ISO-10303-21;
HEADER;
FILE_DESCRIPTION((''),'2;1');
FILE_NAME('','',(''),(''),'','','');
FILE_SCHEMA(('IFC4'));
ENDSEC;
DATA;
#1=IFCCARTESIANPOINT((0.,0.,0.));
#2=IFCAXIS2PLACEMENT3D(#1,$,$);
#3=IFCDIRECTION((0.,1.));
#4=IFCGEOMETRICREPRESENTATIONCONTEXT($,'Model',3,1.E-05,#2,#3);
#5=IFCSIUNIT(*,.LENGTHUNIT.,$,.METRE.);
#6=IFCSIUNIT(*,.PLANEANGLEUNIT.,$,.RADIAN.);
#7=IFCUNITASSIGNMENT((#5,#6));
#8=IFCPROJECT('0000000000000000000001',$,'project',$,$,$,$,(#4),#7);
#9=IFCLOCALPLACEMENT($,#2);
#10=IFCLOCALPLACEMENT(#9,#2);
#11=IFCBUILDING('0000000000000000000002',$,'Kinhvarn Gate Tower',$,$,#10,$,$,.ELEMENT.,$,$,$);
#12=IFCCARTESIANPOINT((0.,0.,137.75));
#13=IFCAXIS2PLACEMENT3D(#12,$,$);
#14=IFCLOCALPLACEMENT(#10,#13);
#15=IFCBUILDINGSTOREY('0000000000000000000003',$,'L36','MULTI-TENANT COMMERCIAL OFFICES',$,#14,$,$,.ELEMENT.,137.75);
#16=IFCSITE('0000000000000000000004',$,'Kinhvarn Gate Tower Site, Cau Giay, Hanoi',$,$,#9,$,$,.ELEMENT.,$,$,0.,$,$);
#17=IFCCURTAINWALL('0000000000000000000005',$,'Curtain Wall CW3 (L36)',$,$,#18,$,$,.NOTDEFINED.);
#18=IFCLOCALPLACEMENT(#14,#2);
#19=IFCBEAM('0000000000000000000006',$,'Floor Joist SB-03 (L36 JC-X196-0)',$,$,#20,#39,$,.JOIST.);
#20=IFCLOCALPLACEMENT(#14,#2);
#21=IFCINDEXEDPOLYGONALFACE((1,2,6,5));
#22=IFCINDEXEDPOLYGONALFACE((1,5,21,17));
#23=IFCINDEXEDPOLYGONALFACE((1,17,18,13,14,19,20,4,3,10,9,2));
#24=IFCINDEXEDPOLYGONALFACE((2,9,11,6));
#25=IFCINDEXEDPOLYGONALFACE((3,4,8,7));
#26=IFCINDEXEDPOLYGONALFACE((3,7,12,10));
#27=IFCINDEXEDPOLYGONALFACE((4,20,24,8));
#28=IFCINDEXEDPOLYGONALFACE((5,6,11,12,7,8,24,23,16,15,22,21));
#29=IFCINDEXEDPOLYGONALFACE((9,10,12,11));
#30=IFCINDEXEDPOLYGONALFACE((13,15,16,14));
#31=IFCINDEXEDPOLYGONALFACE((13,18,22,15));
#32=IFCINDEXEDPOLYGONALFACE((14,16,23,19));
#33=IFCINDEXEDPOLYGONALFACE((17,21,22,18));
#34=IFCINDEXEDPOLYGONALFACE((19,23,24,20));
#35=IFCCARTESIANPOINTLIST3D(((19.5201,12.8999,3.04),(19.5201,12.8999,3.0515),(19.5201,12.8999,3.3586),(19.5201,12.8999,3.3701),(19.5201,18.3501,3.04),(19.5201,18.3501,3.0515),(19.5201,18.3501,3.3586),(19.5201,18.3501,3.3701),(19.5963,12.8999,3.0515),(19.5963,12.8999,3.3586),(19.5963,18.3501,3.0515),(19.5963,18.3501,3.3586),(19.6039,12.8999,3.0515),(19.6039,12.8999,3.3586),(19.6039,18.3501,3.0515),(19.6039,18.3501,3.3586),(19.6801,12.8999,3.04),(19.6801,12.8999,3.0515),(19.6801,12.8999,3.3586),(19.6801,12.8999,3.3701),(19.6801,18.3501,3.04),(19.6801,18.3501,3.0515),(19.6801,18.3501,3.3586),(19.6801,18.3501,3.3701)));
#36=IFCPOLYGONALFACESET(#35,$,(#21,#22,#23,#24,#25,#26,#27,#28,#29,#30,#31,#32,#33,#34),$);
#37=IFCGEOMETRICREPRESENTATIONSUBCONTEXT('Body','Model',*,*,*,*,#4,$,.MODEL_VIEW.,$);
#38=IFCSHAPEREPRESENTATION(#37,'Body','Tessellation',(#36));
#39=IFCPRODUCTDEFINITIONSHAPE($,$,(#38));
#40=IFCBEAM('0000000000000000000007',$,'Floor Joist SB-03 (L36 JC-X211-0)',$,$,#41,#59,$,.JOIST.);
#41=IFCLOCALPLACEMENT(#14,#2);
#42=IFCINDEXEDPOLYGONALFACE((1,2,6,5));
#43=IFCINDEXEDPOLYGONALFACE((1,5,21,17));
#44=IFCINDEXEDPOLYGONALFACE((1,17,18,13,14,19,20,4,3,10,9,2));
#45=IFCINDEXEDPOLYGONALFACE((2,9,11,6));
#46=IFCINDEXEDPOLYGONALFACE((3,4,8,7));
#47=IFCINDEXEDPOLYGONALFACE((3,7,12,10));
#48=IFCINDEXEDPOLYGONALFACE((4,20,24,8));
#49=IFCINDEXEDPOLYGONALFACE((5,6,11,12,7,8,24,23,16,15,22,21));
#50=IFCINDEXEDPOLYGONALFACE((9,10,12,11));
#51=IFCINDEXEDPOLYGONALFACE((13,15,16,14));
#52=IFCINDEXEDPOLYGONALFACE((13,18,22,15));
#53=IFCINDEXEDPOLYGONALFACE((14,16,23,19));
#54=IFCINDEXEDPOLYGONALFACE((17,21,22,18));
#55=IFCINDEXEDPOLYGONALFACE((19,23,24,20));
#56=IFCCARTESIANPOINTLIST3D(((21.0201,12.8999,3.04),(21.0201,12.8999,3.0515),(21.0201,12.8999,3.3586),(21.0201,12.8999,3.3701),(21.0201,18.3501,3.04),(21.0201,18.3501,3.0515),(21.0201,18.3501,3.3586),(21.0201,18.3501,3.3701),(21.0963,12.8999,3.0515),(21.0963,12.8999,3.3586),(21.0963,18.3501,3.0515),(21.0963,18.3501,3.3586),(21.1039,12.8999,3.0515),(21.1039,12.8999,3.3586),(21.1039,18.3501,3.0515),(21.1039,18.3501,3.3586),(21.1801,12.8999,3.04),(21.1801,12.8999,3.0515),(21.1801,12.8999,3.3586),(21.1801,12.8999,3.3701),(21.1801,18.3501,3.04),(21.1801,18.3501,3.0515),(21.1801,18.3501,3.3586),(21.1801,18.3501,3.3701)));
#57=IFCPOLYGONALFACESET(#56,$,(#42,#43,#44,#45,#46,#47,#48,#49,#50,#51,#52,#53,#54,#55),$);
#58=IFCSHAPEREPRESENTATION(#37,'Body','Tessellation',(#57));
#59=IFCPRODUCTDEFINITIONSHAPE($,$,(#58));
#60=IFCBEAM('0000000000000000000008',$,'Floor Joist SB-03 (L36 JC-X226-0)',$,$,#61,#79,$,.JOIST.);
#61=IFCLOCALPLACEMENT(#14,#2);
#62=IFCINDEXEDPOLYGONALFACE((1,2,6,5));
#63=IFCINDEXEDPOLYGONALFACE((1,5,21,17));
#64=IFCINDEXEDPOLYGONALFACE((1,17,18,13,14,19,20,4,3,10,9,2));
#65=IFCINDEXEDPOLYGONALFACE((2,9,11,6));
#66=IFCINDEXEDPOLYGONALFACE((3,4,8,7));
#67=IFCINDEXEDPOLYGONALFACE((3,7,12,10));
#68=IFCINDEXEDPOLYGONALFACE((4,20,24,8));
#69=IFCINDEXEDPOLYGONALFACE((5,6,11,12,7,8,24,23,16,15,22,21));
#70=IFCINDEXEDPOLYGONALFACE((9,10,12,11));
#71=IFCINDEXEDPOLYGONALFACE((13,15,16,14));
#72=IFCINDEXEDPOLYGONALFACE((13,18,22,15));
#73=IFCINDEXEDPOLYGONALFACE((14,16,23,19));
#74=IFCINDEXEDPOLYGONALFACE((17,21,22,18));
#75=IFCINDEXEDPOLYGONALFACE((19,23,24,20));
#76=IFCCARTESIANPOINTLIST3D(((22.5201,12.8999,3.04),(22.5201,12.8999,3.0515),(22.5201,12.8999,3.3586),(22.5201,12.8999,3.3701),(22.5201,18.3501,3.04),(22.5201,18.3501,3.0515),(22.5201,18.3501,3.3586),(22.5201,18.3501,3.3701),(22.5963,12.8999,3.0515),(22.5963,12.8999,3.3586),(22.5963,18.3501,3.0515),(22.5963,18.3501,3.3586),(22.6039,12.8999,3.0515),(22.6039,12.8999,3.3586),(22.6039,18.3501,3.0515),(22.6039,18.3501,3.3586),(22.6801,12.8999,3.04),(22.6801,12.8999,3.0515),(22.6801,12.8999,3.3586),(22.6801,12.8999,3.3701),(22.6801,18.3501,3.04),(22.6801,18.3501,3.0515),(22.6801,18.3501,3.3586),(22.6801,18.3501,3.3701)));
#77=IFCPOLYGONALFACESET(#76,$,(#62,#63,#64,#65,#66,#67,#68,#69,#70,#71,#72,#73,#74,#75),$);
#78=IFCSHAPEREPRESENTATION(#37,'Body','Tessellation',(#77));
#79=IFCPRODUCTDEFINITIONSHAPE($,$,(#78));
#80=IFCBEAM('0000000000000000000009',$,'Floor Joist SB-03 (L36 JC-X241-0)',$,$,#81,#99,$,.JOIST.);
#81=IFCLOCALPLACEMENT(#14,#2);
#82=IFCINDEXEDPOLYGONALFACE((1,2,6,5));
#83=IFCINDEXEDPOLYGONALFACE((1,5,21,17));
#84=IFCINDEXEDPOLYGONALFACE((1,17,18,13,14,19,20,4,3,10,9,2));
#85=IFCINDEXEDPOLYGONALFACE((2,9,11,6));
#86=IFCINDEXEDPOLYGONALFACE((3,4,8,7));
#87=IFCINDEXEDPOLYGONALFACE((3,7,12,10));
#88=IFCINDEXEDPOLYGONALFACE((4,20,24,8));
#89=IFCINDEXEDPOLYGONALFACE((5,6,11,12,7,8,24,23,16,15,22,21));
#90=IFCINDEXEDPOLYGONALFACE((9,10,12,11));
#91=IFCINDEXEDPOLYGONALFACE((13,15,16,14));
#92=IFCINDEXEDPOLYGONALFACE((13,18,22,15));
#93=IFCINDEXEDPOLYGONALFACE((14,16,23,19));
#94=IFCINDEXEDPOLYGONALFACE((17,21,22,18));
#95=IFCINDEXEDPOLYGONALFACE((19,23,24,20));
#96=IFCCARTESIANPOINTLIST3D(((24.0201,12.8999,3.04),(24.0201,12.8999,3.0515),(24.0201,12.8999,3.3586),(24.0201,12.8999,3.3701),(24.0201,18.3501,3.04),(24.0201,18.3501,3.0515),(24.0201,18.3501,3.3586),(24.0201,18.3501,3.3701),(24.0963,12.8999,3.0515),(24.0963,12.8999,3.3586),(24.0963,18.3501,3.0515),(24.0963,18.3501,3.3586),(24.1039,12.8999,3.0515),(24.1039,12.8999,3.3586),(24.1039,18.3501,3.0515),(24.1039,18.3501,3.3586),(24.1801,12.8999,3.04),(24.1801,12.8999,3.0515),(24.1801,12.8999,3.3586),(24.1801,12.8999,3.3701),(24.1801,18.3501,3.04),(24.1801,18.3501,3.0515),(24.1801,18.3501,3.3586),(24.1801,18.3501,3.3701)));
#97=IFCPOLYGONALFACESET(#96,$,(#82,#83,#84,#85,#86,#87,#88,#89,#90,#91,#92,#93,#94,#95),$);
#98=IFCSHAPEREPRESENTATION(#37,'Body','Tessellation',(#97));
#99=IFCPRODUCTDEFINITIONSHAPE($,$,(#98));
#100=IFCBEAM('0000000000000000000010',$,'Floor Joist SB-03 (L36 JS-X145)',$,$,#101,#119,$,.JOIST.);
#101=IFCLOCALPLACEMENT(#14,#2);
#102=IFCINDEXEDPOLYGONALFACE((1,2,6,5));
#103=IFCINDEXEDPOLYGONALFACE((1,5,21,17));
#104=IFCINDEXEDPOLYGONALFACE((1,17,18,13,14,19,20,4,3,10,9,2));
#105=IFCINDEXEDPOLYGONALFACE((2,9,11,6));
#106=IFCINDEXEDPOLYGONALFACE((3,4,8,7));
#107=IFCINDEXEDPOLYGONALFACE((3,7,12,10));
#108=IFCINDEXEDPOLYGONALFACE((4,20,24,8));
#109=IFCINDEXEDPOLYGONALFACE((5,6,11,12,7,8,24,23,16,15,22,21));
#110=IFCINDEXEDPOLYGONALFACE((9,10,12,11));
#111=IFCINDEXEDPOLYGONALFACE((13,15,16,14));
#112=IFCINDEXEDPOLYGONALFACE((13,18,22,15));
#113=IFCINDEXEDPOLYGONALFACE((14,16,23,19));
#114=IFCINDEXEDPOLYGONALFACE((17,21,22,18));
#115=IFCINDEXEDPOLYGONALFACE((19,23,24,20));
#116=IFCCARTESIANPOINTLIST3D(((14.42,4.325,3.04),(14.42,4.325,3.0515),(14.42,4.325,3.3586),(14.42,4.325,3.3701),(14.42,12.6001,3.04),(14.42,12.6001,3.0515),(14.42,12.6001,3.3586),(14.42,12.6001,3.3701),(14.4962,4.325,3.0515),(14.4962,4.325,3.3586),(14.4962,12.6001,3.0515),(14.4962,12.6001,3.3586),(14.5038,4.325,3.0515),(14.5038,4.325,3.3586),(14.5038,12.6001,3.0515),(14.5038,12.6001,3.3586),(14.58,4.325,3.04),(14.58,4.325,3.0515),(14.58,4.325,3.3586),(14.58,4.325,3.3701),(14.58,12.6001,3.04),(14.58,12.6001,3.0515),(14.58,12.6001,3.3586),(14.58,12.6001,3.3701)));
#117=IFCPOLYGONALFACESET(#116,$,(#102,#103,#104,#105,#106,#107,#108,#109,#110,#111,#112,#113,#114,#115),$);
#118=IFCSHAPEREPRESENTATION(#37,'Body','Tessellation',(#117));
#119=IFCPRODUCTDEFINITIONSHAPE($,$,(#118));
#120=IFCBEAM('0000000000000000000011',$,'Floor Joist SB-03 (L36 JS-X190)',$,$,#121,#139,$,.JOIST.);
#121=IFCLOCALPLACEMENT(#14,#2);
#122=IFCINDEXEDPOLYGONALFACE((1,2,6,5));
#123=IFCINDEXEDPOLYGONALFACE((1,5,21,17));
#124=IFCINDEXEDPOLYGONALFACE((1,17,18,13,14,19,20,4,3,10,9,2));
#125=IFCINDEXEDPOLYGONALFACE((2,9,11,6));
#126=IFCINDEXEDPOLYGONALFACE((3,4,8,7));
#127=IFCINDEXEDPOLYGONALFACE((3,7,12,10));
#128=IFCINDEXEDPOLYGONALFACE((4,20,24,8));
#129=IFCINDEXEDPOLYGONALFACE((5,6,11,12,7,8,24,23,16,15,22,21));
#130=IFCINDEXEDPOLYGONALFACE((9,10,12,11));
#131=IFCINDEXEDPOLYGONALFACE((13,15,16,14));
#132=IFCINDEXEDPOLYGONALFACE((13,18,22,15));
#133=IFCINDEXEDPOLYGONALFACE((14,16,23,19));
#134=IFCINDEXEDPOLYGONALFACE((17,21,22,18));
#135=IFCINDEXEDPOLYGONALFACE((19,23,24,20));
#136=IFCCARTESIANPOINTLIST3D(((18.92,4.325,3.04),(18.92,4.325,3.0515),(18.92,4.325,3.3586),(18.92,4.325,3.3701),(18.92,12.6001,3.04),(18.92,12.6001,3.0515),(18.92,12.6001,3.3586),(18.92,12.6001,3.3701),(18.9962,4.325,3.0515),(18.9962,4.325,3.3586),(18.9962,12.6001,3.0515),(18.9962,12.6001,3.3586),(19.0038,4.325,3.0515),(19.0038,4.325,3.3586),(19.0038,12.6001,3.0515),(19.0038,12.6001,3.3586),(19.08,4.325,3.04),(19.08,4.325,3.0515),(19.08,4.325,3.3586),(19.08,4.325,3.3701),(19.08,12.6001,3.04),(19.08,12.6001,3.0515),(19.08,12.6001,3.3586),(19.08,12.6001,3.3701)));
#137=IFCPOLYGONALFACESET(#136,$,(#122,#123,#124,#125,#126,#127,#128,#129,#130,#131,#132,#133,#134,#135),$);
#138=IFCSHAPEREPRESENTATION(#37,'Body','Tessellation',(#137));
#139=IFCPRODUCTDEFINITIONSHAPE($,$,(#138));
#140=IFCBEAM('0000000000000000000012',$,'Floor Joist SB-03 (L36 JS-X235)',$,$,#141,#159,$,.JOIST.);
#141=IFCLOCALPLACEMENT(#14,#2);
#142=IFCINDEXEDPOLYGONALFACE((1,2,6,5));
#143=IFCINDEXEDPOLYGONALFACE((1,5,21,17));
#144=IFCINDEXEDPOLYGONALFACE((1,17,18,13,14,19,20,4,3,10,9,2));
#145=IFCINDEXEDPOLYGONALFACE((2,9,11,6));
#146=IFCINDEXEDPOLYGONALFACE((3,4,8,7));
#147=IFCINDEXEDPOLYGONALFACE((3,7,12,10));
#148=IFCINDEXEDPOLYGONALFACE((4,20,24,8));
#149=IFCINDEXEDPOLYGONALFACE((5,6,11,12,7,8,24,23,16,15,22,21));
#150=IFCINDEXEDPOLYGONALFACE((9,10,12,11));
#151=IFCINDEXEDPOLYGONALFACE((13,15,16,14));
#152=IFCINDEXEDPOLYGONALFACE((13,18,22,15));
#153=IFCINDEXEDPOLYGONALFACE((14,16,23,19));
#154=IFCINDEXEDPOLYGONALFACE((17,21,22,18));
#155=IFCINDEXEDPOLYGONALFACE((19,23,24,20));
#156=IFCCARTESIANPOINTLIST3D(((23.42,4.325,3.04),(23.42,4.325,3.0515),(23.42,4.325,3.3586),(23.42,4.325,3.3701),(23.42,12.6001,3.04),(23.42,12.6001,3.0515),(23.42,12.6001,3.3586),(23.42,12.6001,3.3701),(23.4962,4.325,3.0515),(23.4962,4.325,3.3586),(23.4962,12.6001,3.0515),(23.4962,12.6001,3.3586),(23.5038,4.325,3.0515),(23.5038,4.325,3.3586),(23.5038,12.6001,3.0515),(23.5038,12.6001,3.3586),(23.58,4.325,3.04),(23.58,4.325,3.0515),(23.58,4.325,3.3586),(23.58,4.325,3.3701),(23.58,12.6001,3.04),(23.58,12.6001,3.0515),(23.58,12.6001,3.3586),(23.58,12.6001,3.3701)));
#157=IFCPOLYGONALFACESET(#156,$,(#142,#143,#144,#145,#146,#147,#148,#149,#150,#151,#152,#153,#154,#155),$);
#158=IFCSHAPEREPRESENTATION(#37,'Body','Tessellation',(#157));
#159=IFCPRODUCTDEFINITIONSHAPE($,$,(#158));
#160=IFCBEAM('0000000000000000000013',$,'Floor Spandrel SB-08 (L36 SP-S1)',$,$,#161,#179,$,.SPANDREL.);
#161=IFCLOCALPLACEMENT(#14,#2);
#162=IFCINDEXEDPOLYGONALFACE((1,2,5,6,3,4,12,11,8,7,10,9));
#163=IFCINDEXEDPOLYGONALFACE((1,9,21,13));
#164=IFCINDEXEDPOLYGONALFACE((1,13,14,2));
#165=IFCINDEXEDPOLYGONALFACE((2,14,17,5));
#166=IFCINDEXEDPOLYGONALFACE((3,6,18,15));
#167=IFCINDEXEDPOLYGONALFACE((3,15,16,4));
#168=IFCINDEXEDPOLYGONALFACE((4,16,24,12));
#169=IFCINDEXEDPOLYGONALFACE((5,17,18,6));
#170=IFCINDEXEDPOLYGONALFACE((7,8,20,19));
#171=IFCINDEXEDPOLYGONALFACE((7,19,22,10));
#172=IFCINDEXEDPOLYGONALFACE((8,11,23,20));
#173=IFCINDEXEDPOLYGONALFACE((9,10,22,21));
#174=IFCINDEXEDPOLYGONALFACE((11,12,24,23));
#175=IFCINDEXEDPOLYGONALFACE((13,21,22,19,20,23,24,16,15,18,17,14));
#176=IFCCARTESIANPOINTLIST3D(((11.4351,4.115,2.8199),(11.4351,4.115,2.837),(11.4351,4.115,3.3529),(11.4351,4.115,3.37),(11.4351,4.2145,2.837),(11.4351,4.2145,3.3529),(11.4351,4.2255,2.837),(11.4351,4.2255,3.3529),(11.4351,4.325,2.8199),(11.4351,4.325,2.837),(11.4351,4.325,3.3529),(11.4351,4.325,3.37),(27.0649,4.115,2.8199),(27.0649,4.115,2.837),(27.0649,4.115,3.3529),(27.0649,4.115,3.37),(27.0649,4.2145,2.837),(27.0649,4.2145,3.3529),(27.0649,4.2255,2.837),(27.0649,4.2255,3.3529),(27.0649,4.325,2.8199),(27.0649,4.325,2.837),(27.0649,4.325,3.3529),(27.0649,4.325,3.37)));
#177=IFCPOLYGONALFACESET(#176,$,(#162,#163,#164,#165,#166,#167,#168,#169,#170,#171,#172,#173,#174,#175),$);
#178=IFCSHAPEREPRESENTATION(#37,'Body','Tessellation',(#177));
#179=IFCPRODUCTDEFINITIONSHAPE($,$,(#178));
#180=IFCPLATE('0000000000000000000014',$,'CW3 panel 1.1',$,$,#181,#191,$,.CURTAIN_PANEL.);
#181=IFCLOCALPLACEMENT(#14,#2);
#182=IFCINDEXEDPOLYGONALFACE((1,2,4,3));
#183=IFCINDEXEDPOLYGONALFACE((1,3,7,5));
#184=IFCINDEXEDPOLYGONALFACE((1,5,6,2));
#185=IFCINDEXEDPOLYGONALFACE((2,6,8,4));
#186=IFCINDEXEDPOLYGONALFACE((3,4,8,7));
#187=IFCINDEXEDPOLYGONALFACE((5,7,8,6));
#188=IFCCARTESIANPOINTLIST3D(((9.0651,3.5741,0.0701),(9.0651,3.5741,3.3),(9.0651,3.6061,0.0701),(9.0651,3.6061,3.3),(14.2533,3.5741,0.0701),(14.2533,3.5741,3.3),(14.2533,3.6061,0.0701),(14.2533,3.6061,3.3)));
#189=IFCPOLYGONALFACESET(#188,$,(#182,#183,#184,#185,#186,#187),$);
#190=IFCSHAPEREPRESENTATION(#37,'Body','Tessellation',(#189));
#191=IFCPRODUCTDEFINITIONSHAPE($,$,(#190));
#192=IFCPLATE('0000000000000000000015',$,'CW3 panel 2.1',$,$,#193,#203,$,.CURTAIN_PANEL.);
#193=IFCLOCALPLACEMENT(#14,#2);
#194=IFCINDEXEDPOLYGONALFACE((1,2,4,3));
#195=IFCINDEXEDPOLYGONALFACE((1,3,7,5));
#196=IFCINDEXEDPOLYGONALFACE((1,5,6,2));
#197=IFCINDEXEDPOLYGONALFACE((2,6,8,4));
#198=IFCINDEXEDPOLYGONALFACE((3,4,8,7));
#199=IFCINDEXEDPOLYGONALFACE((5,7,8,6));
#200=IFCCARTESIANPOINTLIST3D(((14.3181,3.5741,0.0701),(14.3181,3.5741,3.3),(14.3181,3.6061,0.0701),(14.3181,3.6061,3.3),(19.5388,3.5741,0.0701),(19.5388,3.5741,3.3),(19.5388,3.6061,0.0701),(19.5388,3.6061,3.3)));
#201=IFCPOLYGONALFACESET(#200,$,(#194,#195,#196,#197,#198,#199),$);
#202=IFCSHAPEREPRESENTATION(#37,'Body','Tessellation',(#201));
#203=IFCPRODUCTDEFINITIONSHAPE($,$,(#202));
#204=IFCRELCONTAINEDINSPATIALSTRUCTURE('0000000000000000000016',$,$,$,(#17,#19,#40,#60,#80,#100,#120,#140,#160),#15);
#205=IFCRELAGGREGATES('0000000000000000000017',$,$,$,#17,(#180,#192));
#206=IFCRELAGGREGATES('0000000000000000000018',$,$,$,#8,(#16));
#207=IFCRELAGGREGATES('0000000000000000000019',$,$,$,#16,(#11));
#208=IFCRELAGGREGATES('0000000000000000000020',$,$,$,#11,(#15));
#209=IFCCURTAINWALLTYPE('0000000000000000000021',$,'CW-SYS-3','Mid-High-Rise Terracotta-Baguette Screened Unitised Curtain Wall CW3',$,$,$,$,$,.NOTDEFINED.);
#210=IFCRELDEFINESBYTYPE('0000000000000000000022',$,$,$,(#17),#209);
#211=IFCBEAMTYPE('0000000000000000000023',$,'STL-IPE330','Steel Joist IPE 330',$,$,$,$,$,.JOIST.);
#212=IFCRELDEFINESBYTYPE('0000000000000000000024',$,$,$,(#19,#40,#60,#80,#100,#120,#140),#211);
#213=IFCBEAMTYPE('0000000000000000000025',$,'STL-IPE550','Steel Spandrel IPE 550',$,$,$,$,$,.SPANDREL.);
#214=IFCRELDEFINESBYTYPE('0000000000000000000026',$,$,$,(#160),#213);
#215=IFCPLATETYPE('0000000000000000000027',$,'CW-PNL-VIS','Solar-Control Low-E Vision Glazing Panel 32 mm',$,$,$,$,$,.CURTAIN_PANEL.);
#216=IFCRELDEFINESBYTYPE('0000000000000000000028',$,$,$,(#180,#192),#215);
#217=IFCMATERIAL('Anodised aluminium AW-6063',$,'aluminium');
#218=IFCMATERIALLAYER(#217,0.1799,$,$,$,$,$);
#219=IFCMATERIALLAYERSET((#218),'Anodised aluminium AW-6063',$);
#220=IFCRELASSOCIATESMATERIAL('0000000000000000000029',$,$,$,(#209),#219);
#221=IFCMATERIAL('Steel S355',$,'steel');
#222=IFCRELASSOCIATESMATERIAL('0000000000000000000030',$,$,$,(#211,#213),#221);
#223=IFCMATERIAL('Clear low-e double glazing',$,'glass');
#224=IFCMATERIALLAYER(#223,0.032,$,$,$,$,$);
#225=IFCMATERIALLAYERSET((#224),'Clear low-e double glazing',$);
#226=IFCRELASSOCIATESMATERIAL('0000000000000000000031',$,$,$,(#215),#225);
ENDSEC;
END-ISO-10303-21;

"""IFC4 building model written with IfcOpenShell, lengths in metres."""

from ifc_helpers import new_model, si_unit, direction, frame, origin, origin_2d, place, context, subcontext, project, spatial, rectangle, i_section, extrude, material, layer, layer_set, material_profile, profile_set, type_object, element, aggregate, save


model = new_model("IFC4")

# Units and contexts
model_context = context("Model", 3, precision=1e-05, world=origin(), true_north=direction((0.0, 1.0)))
body_context = subcontext(model_context, "Body", "Model", "MODEL_VIEW")
ifc_project = project(units=[si_unit("LENGTHUNIT", "METRE"), si_unit("PLANEANGLEUNIT", "RADIAN")], contexts=[model_context])

# Site, building, storey
site_placement = place(None, origin())
site = spatial("IfcSite", under=ifc_project, at=site_placement, Name="Kinhvarn Gate Tower Site, Cau Giay, Hanoi", CompositionType="ELEMENT", RefElevation=0.0)
building_placement = place(site_placement, origin())
building = spatial("IfcBuilding", under=site, at=building_placement, Name="Kinhvarn Gate Tower", CompositionType="ELEMENT")
storey_placement = place(building_placement, frame((0.0, 0.0, 137.75)))
storey = spatial("IfcBuildingStorey", under=building, at=storey_placement, Name="L36", Description="MULTI-TENANT COMMERCIAL OFFICES", CompositionType="ELEMENT", Elevation=137.75)

# Curtain wall
ifc_material_1 = material(Name="Anodised aluminium AW-6063", Category="aluminium")
ifc_layer_1 = layer(ifc_material_1, 0.1799)
ifc_layer_set_1 = layer_set([ifc_layer_1], Name="Anodised aluminium AW-6063")
curtain_wall_type = type_object("IfcCurtainWallType", Name="CW-SYS-3", Description="Mid-High-Rise Terracotta-Baguette Screened Unitised Curtain Wall CW3", PredefinedType="NOTDEFINED", material=ifc_layer_set_1)
curtain_wall_placement = place(storey_placement, origin())
curtain_wall = element("IfcCurtainWall", 1, at=curtain_wall_placement, inside=storey, type_object=curtain_wall_type, Name="Curtain Wall CW3 (L36)", PredefinedType="NOTDEFINED")

# Beams
ifc_material_2 = material(Name="Steel S355", Category="steel")
ifc_material_profile_1 = material_profile(ifc_material_2, i_section(OverallWidth=0.1599, OverallDepth=0.3301, WebThickness=0.0076, FlangeThickness=0.0115, at=origin_2d()), Name="IPE 330")
ifc_profile_set_1 = profile_set([ifc_material_profile_1], Name="Steel S355")
beam_type_1 = type_object("IfcBeamType", Name="STL-IPE330", Description="Steel Joist IPE 330", PredefinedType="JOIST", material=ifc_profile_set_1)
for number, where, z_axis, x_axis, name in (
    (2, (19.6001, 12.8999, 3.2051), (0.0, 1.0, 0.0), (-1.0, 0.0, 0.0), "Floor Joist SB-03 (L36 JC-X196-0)"),
    (3, (21.1001, 12.8999, 3.2051), (0.0, 1.0, 0.0), (-1.0, 0.0, 0.0), "Floor Joist SB-03 (L36 JC-X211-0)"),
    (4, (22.6001, 12.8999, 3.2051), (0.0, 1.0, 0.0), (-1.0, 0.0, 0.0), "Floor Joist SB-03 (L36 JC-X226-0)"),
    (5, (24.1001, 12.8999, 3.2051), (0.0, 1.0, 0.0), (-1.0, 0.0, 0.0), "Floor Joist SB-03 (L36 JC-X241-0)"),
):
    element("IfcBeam", number, at=place(storey_placement, frame(where, z_axis=z_axis, x_axis=x_axis)), inside=storey, type_object=beam_type_1, Name=name, PredefinedType="JOIST", context=body_context, shape_type="SweptSolid", body=[
        extrude(i_section(OverallWidth=0.1599, OverallDepth=0.3301, WebThickness=0.0076, FlangeThickness=0.0115, at=origin_2d()), origin(), (0.0, 0.0, 1.0), 5.4502),
    ])
for number, where, z_axis, x_axis, name in (
    (6, (14.5, 4.325, 3.2051), (0.0, 1.0, 0.0), (-1.0, 0.0, 0.0), "Floor Joist SB-03 (L36 JS-X145)"),
    (7, (19.0, 4.325, 3.2051), (0.0, 1.0, 0.0), (-1.0, 0.0, 0.0), "Floor Joist SB-03 (L36 JS-X190)"),
    (8, (23.5, 4.325, 3.2051), (0.0, 1.0, 0.0), (-1.0, 0.0, 0.0), "Floor Joist SB-03 (L36 JS-X235)"),
):
    element("IfcBeam", number, at=place(storey_placement, frame(where, z_axis=z_axis, x_axis=x_axis)), inside=storey, type_object=beam_type_1, Name=name, PredefinedType="JOIST", context=body_context, shape_type="SweptSolid", body=[
        extrude(i_section(OverallWidth=0.1599, OverallDepth=0.3301, WebThickness=0.0076, FlangeThickness=0.0115, at=origin_2d()), origin(), (0.0, 0.0, 1.0), 8.2751),
    ])
ifc_material_profile_2 = material_profile(ifc_material_2, i_section(OverallWidth=0.21, OverallDepth=0.55, WebThickness=0.011, FlangeThickness=0.0171, at=origin_2d()), Name="IPE 550")
ifc_profile_set_2 = profile_set([ifc_material_profile_2], Name="Steel S355")
beam_type_2 = type_object("IfcBeamType", Name="STL-IPE550", Description="Steel Spandrel IPE 550", PredefinedType="SPANDREL", material=ifc_profile_set_2)
beam_1_placement = place(storey_placement, frame((11.4351, 4.22, 3.095), z_axis=(1.0, 0.0, 0.0), x_axis=(0.0, 1.0, 0.0)))
element("IfcBeam", 9, at=beam_1_placement, inside=storey, type_object=beam_type_2, Name="Floor Spandrel SB-08 (L36 SP-S1)", PredefinedType="SPANDREL", context=body_context, shape_type="SweptSolid", body=[
    extrude(i_section(OverallWidth=0.21, OverallDepth=0.55, WebThickness=0.011, FlangeThickness=0.0171, at=origin_2d()), origin(), (0.0, 0.0, 1.0), 15.6299),
])

# Plates
ifc_material_3 = material(Name="Clear low-e double glazing", Category="glass")
ifc_layer_2 = layer(ifc_material_3, 0.032)
ifc_layer_set_2 = layer_set([ifc_layer_2], Name="Clear low-e double glazing")
plate_type = type_object("IfcPlateType", Name="CW-PNL-VIS", Description="Solar-Control Low-E Vision Glazing Panel 32 mm", PredefinedType="CURTAIN_PANEL", material=ifc_layer_set_2)
plate_1_placement = place(storey_placement, frame((11.6592, 3.5901, 0.0701), z_axis=(0.0, 0.0, 1.0), x_axis=(1.0, 0.0, 0.0)))
plate_1 = element("IfcPlate", 10, at=plate_1_placement, type_object=plate_type, Name="CW3 panel 1.1", PredefinedType="CURTAIN_PANEL", context=body_context, shape_type="SweptSolid", body=[
    extrude(rectangle(XDim=5.1882, YDim=0.032, at=origin_2d()), origin(), (0.0, 0.0, 1.0), 3.23),
])
plate_2_placement = place(storey_placement, frame((16.9285, 3.5901, 0.0701), z_axis=(0.0, 0.0, 1.0), x_axis=(1.0, 0.0, 0.0)))
plate_2 = element("IfcPlate", 11, at=plate_2_placement, type_object=plate_type, Name="CW3 panel 2.1", PredefinedType="CURTAIN_PANEL", context=body_context, shape_type="SweptSolid", body=[
    extrude(rectangle(XDim=5.2207, YDim=0.032, at=origin_2d()), origin(), (0.0, 0.0, 1.0), 3.23),
])
aggregate(curtain_wall, [plate_1, plate_2])

save(model, "model.ifc")
